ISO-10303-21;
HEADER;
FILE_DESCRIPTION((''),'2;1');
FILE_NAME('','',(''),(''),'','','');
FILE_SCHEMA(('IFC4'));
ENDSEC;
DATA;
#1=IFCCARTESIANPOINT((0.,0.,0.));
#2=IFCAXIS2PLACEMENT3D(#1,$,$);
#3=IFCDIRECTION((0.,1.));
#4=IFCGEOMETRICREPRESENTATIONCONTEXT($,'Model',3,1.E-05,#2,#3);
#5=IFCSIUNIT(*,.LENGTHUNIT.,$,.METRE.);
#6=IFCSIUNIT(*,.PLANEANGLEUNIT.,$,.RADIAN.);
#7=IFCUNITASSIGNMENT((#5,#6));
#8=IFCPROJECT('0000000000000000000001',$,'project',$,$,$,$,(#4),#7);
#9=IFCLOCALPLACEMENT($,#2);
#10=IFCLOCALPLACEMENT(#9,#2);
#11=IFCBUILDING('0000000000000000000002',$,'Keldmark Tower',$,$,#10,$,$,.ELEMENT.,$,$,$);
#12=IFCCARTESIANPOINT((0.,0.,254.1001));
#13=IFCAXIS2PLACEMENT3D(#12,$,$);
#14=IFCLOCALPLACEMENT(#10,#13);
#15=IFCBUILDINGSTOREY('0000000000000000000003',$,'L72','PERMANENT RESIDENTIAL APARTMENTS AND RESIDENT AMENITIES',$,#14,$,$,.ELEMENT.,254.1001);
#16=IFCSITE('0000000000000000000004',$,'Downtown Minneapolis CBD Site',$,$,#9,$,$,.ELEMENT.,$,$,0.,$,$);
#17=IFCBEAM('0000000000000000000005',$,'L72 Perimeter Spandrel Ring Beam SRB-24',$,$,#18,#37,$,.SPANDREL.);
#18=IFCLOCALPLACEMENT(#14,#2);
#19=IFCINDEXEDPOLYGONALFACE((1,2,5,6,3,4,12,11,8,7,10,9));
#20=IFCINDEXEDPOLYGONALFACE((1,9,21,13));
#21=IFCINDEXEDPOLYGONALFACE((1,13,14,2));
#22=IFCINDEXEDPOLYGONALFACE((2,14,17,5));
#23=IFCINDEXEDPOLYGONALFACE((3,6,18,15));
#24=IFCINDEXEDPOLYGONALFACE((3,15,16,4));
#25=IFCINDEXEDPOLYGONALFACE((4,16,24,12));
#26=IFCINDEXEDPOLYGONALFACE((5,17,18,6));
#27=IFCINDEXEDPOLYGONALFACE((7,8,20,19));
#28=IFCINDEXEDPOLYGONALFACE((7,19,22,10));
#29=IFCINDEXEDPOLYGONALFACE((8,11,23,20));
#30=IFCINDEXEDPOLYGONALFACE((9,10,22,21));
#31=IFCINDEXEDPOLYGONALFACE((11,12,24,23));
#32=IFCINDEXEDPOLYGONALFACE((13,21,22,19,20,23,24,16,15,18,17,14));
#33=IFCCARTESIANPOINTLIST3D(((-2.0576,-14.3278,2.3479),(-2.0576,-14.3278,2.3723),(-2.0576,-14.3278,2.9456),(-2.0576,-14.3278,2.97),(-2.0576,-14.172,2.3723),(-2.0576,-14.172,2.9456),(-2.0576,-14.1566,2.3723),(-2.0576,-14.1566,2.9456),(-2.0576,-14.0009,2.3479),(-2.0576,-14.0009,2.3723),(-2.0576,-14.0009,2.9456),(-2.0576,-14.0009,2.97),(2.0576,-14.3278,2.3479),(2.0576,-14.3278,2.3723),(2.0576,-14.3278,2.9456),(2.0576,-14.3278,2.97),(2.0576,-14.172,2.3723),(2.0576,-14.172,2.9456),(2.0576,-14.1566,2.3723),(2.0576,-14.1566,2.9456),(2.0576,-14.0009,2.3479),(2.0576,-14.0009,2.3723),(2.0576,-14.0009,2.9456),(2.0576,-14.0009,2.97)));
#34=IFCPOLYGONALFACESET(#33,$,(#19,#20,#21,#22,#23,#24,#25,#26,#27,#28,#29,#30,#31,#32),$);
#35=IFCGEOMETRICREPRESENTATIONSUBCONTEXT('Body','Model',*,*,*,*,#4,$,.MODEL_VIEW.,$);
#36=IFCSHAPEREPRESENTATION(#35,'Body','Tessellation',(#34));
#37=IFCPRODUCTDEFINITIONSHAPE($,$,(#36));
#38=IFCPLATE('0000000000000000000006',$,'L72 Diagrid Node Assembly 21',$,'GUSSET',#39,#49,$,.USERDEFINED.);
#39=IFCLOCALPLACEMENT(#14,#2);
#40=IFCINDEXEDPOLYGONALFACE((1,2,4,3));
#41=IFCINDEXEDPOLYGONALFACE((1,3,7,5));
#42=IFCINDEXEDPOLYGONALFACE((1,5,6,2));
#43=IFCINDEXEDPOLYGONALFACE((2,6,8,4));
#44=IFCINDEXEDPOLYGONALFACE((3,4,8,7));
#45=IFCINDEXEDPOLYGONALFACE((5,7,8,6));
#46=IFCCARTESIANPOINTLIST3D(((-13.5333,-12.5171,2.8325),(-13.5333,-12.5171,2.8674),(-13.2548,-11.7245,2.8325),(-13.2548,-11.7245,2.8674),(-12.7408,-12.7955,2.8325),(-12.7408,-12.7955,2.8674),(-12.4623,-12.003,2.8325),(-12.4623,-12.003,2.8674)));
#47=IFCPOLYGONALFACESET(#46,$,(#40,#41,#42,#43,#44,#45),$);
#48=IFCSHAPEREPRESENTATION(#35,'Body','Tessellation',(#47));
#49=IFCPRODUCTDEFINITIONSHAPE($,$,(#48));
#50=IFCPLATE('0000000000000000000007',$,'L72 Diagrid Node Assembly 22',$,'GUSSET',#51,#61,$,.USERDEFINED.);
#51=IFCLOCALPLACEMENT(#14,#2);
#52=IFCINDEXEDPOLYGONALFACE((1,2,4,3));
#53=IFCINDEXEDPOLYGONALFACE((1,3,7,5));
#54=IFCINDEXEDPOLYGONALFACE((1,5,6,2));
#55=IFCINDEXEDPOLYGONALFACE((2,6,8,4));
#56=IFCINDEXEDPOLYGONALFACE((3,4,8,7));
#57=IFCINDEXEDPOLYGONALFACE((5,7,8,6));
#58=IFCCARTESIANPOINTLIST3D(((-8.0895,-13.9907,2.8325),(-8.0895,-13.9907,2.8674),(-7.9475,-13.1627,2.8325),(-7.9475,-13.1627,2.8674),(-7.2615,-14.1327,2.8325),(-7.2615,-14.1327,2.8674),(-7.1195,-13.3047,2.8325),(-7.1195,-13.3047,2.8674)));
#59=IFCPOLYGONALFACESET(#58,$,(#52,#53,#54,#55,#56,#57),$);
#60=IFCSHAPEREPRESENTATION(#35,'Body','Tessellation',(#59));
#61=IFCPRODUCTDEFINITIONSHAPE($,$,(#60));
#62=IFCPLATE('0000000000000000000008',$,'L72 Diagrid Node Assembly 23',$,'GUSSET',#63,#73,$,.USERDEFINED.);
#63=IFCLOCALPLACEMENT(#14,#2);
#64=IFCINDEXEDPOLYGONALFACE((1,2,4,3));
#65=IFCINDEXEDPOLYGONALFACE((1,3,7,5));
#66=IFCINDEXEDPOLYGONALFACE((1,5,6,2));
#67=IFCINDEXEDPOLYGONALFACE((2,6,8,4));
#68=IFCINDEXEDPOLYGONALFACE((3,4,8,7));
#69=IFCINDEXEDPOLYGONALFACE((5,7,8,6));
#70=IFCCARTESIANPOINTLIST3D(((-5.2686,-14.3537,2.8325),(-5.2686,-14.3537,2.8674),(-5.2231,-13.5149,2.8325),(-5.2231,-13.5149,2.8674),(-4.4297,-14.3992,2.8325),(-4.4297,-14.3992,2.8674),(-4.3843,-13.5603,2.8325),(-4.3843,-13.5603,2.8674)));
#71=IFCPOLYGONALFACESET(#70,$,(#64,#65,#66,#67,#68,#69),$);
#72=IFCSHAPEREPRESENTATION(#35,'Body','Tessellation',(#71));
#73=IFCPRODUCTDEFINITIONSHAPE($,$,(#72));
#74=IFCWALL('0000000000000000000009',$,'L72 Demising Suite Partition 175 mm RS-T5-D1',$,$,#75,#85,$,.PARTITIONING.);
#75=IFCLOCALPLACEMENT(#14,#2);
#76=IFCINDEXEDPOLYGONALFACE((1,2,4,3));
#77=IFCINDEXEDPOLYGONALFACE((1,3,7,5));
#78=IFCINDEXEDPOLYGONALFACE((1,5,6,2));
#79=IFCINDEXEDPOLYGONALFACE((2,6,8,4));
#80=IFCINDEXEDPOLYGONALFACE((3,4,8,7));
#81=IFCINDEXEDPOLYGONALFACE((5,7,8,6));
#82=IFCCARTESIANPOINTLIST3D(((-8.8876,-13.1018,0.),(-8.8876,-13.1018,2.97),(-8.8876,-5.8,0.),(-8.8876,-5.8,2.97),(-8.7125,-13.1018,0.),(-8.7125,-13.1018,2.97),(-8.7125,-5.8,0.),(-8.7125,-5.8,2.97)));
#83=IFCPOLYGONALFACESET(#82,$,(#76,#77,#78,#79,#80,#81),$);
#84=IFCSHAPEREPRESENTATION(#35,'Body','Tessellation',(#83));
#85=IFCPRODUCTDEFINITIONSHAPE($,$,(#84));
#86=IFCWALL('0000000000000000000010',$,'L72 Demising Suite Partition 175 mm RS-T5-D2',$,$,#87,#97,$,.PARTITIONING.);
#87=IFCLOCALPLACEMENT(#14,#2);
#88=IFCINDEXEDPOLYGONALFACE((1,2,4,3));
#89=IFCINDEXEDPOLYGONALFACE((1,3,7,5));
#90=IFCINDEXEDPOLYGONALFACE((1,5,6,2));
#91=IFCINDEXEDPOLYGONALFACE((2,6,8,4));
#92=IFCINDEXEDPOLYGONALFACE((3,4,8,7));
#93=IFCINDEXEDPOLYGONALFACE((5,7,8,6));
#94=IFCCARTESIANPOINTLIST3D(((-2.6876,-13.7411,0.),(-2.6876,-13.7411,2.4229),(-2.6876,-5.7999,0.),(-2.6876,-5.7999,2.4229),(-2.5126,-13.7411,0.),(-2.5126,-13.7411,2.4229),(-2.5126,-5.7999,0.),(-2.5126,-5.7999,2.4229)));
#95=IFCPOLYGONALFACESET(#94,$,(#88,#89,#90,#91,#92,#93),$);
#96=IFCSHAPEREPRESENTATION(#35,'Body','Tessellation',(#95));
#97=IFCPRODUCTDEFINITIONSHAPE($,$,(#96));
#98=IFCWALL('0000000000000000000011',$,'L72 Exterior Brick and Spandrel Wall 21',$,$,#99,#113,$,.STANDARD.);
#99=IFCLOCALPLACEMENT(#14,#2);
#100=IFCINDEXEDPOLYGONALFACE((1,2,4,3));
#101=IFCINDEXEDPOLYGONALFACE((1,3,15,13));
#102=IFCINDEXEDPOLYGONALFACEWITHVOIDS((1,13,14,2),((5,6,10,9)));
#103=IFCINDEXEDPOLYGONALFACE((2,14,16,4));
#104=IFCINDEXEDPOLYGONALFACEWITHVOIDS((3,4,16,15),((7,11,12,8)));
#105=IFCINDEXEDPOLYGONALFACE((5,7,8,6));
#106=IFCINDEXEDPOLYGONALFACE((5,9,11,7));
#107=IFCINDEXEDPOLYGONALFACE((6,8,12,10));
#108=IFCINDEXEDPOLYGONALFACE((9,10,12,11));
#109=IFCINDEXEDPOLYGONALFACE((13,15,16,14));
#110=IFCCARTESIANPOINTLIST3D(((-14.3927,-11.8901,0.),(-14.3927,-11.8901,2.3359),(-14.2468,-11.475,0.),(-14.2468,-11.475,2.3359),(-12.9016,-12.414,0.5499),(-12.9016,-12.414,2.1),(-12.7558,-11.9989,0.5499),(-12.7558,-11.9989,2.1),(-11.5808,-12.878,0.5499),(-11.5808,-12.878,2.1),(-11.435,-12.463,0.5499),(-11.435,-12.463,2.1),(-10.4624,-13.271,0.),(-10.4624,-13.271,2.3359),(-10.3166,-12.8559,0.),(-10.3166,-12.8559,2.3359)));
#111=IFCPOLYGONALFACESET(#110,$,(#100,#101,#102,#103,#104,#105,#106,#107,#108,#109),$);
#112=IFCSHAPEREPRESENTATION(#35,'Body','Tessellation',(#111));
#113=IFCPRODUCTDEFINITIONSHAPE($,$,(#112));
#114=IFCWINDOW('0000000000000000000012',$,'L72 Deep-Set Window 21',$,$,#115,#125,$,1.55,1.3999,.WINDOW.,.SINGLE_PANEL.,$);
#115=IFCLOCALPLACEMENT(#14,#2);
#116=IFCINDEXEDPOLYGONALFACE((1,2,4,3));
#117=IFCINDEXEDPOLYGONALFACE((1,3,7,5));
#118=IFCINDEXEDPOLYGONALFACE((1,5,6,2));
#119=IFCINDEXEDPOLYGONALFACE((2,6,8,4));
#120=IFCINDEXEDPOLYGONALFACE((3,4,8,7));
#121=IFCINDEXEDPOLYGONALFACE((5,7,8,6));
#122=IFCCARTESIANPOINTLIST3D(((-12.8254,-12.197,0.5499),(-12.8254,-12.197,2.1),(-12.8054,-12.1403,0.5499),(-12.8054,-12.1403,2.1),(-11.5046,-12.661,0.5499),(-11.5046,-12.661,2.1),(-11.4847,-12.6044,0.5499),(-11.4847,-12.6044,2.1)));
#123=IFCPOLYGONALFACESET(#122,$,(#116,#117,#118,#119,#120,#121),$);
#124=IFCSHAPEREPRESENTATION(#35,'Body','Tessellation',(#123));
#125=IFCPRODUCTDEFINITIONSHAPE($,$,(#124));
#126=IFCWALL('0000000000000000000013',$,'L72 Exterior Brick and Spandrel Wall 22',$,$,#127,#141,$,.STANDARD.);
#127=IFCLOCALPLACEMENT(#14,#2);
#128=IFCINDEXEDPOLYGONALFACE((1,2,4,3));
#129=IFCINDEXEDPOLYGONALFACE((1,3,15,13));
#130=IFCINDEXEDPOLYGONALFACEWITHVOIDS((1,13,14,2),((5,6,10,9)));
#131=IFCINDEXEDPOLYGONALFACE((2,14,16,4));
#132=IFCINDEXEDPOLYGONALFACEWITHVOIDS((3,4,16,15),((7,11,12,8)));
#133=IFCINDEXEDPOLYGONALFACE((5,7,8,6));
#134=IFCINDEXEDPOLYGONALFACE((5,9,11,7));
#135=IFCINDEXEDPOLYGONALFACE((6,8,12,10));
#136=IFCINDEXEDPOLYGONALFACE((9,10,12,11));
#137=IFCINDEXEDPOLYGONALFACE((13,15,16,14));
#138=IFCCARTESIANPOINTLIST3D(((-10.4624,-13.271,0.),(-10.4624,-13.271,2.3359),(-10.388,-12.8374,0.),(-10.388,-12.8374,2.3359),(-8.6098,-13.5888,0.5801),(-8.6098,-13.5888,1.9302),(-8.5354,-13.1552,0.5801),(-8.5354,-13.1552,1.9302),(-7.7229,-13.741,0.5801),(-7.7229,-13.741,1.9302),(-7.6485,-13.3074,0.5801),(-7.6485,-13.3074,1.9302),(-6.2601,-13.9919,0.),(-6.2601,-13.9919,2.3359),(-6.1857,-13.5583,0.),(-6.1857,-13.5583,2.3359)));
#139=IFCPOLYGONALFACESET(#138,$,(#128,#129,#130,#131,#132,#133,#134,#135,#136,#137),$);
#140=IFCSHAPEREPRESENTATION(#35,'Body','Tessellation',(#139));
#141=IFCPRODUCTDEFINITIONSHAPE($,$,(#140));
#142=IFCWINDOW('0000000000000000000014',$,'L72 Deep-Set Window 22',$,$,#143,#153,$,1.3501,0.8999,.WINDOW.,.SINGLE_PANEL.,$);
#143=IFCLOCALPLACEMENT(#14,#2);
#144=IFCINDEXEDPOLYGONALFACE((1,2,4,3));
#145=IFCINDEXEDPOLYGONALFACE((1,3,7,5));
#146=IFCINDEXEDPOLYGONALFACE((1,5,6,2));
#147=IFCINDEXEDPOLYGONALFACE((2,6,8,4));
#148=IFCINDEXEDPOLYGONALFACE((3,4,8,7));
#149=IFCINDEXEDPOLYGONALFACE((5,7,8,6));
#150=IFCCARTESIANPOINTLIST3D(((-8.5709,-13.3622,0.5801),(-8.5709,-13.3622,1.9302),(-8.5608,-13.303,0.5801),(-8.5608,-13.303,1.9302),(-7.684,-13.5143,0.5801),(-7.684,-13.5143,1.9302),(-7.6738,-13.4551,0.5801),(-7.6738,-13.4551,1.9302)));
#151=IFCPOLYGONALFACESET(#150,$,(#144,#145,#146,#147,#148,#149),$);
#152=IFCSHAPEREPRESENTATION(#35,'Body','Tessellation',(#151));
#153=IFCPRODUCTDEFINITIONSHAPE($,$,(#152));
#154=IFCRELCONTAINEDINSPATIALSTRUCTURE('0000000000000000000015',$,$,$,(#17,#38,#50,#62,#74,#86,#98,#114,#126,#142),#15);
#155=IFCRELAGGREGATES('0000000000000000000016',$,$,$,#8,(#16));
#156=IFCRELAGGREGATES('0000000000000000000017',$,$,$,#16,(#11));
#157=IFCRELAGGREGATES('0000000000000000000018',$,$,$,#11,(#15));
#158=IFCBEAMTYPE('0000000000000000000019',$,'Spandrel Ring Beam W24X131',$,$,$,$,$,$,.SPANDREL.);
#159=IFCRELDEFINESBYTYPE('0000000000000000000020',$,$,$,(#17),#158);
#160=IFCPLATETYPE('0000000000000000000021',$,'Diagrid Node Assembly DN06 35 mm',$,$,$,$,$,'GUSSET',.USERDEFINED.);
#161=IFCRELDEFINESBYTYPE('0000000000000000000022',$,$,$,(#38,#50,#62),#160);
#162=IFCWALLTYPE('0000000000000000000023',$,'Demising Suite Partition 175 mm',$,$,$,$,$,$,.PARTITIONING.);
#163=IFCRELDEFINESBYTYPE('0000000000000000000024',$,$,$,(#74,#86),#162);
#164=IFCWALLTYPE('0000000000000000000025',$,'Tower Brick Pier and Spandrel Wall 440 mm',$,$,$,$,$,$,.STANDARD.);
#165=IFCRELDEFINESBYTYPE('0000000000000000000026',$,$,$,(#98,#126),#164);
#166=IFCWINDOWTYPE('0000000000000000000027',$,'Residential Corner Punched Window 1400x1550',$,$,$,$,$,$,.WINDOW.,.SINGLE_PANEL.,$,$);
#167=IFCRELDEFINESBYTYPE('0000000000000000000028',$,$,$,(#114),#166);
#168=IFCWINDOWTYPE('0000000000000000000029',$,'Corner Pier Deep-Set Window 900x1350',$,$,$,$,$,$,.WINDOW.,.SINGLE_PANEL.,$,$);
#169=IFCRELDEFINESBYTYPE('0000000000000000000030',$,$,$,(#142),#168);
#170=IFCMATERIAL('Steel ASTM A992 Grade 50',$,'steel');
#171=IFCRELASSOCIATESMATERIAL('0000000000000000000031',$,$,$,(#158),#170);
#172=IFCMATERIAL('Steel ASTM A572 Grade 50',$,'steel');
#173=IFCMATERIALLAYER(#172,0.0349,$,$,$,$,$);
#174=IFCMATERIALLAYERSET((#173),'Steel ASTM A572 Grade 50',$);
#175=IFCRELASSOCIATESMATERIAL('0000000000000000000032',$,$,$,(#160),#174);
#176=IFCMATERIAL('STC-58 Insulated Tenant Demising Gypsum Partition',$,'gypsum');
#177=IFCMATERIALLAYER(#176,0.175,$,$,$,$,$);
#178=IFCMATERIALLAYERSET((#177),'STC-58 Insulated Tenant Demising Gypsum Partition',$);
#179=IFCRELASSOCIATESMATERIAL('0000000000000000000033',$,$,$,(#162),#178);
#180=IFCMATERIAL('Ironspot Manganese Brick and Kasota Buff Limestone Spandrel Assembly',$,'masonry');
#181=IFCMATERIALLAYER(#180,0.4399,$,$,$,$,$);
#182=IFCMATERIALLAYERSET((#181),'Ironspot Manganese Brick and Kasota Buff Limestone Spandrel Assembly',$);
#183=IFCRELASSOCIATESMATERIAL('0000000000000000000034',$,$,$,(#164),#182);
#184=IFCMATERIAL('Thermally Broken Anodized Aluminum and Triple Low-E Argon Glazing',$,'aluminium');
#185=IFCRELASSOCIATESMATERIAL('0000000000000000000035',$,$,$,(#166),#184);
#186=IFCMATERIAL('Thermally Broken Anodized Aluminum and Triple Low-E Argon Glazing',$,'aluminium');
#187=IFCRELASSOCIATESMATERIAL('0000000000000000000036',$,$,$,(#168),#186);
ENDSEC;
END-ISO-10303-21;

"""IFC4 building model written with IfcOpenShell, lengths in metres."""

from ifc_helpers import new_model, si_unit, direction, frame, frame_2d, origin, origin_2d, place, context, subcontext, project, spatial, rectangle, i_section, extrude, material, layer, layer_set, material_profile, profile_set, type_object, element, fill, save


model = new_model("IFC4")

# Units and contexts
model_context = context("Model", 3, precision=1e-05, world=origin(), true_north=direction((0.0, 1.0)))
body_context = subcontext(model_context, "Body", "Model", "MODEL_VIEW")
ifc_project = project(units=[si_unit("LENGTHUNIT", "METRE"), si_unit("PLANEANGLEUNIT", "RADIAN")], contexts=[model_context])

# Site, building, storey
site_placement = place(None, origin())
site = spatial("IfcSite", under=ifc_project, at=site_placement, Name="Downtown Minneapolis CBD Site", CompositionType="ELEMENT", RefElevation=0.0)
building_placement = place(site_placement, origin())
building = spatial("IfcBuilding", under=site, at=building_placement, Name="Keldmark Tower", CompositionType="ELEMENT")
storey_placement = place(building_placement, frame((0.0, 0.0, 254.1001)))
storey = spatial("IfcBuildingStorey", under=building, at=storey_placement, Name="L72", Description="PERMANENT RESIDENTIAL APARTMENTS AND RESIDENT AMENITIES", CompositionType="ELEMENT", Elevation=254.1001)

# Beam
ifc_material_1 = material(Name="Steel ASTM A992 Grade 50", Category="steel")
ifc_material_profile_1 = material_profile(ifc_material_1, i_section(OverallWidth=0.3269, OverallDepth=0.6221, WebThickness=0.0154, FlangeThickness=0.0244, at=origin_2d()), Name="W24X131")
ifc_profile_set_1 = profile_set([ifc_material_profile_1], Name="Steel ASTM A992 Grade 50")
beam_type_1 = type_object("IfcBeamType", Name="Spandrel Ring Beam W24X131", PredefinedType="SPANDREL", material=ifc_profile_set_1)
beam_1_placement = place(storey_placement, frame((-2.0576, -14.1643, 2.6589), z_axis=(1.0, 0.0, 0.0), x_axis=(0.0, 1.0, 0.0)))
element("IfcBeam", 1, at=beam_1_placement, inside=storey, type_object=beam_type_1, Name="L72 Perimeter Spandrel Ring Beam SRB-24", PredefinedType="SPANDREL", context=body_context, shape_type="SweptSolid", body=[
    extrude(i_section(OverallWidth=0.3269, OverallDepth=0.6221, WebThickness=0.0154, FlangeThickness=0.0244, at=origin_2d()), origin(), (0.0, 0.0, 1.0), 4.1152),
])

# Plates
ifc_material_2 = material(Name="Steel ASTM A572 Grade 50", Category="steel")
ifc_layer_1 = layer(ifc_material_2, 0.0349)
ifc_layer_set_1 = layer_set([ifc_layer_1], Name="Steel ASTM A572 Grade 50")
plate_type = type_object("IfcPlateType", Name="Diagrid Node Assembly DN06 35 mm", ElementType="GUSSET", PredefinedType="USERDEFINED", material=ifc_layer_set_1)
for number, where, z_axis, x_axis, name in (
    (2, (-12.9978, -12.26, 2.8325), (0.0, 0.0, 1.0), (0.943454, -0.331503, 0.0), "L72 Diagrid Node Assembly 21"),
    (3, (-7.6045, -13.6477, 2.8325), (0.0, 0.0, 1.0), (0.985615, -0.169005, 0.0), "L72 Diagrid Node Assembly 22"),
    (4, (-4.8264, -13.957, 2.8325), (0.0, 0.0, 1.0), (0.998537, -0.054079, 0.0), "L72 Diagrid Node Assembly 23"),
):
    element("IfcPlate", number, at=place(storey_placement, frame(where, z_axis=z_axis, x_axis=x_axis)), inside=storey, type_object=plate_type, Name=name, ObjectType="GUSSET", PredefinedType="USERDEFINED", context=body_context, shape_type="SweptSolid", body=[
        extrude(rectangle(XDim=0.8401, YDim=0.8401, at=origin_2d()), origin(), (0.0, 0.0, 1.0), 0.0349),
    ])

# Walls
ifc_material_3 = material(Name="STC-58 Insulated Tenant Demising Gypsum Partition", Category="gypsum")
ifc_layer_2 = layer(ifc_material_3, 0.175)
ifc_layer_set_2 = layer_set([ifc_layer_2], Name="STC-58 Insulated Tenant Demising Gypsum Partition")
wall_type_1 = type_object("IfcWallType", Name="Demising Suite Partition 175 mm", PredefinedType="PARTITIONING", material=ifc_layer_set_2)
wall_1_placement = place(storey_placement, frame((-8.8, -13.1018, 0.0), z_axis=(0.0, 0.0, 1.0), x_axis=(0.0, 1.0, 0.0)))
element("IfcWall", 5, at=wall_1_placement, inside=storey, type_object=wall_type_1, Name="L72 Demising Suite Partition 175 mm RS-T5-D1", PredefinedType="PARTITIONING", context=body_context, shape_type="SweptSolid", body=[
    extrude(rectangle(XDim=7.3018, YDim=0.175, at=frame_2d((3.6509, 0.0))), origin(), (0.0, 0.0, 1.0), 2.97),
])
wall_2_placement = place(storey_placement, frame((-2.6001, -13.7412, 0.0), z_axis=(0.0, 0.0, 1.0), x_axis=(0.0, 1.0, 0.0)))
element("IfcWall", 6, at=wall_2_placement, inside=storey, type_object=wall_type_1, Name="L72 Demising Suite Partition 175 mm RS-T5-D2", PredefinedType="PARTITIONING", context=body_context, shape_type="SweptSolid", body=[
    extrude(rectangle(XDim=7.9412, YDim=0.175, at=frame_2d((3.9707, 0.0))), origin(), (0.0, 0.0, 1.0), 2.4229),
])

# Walls, openings, windows
ifc_material_4 = material(Name="Ironspot Manganese Brick and Kasota Buff Limestone Spandrel Assembly", Category="masonry")
ifc_layer_3 = layer(ifc_material_4, 0.4399)
ifc_layer_set_3 = layer_set([ifc_layer_3], Name="Ironspot Manganese Brick and Kasota Buff Limestone Spandrel Assembly")
wall_type_2 = type_object("IfcWallType", Name="Tower Brick Pier and Spandrel Wall 440 mm", PredefinedType="STANDARD", material=ifc_layer_set_3)
wall_3_placement = place(storey_placement, frame((-10.3894, -13.0635, 0.0), z_axis=(0.0, 0.0, 1.0), x_axis=(-0.943461, 0.331483, 0.0)))
wall_3 = element("IfcWall", 7, at=wall_3_placement, inside=storey, type_object=wall_type_2, Name="L72 Exterior Brick and Spandrel Wall 21", PredefinedType="STANDARD", context=body_context, shape_type="SweptSolid", body=[
    extrude(rectangle(XDim=4.1658, YDim=0.4399, at=frame_2d((2.083, 0.0))), origin(), (0.0, 0.0, 1.0), 2.3359),
])
opening_1_placement = place(wall_3_placement, frame((1.1855, 0.0, 0.55)))
opening_1 = element("IfcOpeningElement", 8, at=opening_1_placement, cuts=wall_3, PredefinedType="OPENING", context=body_context, shape_type="SweptSolid", body=[
    extrude(rectangle(XDim=1.3999, YDim=1.55, at=frame_2d((0.7, 0.7749))), frame((0.0, 0.23, 0.0), z_axis=(0.0, -1.0, 0.0), x_axis=(1.0, 0.0, 0.0)), (0.0, 0.0, 1.0), 0.46),
])
ifc_material_5 = material(Name="Thermally Broken Anodized Aluminum and Triple Low-E Argon Glazing", Category="aluminium")
window_type_1 = type_object("IfcWindowType", Name="Residential Corner Punched Window 1400x1550", PartitioningType="SINGLE_PANEL", PredefinedType="WINDOW", material=ifc_material_5)
window_1_placement = place(opening_1_placement, origin())
window_1 = element("IfcWindow", 9, at=window_1_placement, inside=storey, type_object=window_type_1, Name="L72 Deep-Set Window 21", OverallHeight=1.55, OverallWidth=1.3999, PartitioningType="SINGLE_PANEL", PredefinedType="WINDOW", context=body_context, shape_type="SweptSolid", body=[
    extrude(rectangle(XDim=1.3999, YDim=1.55, at=frame_2d((0.7, 0.7749))), frame((0.0, -0.01, 0.0), z_axis=(0.0, -1.0, 0.0), x_axis=(1.0, 0.0, 0.0)), (0.0, 0.0, 1.0), 0.0601),
])
fill(opening_1, window_1)
wall_4_placement = place(storey_placement, frame((-6.2229, -13.7751, 0.0), z_axis=(0.0, 0.0, 1.0), x_axis=(-0.985601, 0.169086, 0.0)))
wall_4 = element("IfcWall", 10, at=wall_4_placement, inside=storey, type_object=wall_type_2, Name="L72 Exterior Brick and Spandrel Wall 22", PredefinedType="STANDARD", context=body_context, shape_type="SweptSolid", body=[
    extrude(rectangle(XDim=4.2637, YDim=0.4399, at=frame_2d((2.1318, 0.0))), origin(), (0.0, 0.0, 1.0), 2.3359),
])
opening_2_placement = place(wall_4_placement, frame((1.4841, 0.0, 0.5801)))
opening_2 = element("IfcOpeningElement", 11, at=opening_2_placement, cuts=wall_4, PredefinedType="OPENING", context=body_context, shape_type="SweptSolid", body=[
    extrude(rectangle(XDim=0.8999, YDim=1.3501, at=frame_2d((0.45, 0.675))), frame((0.0, 0.23, 0.0), z_axis=(0.0, -1.0, 0.0), x_axis=(1.0, 0.0, 0.0)), (0.0, 0.0, 1.0), 0.46),
])
ifc_material_6 = material(Name="Thermally Broken Anodized Aluminum and Triple Low-E Argon Glazing", Category="aluminium")
window_type_2 = type_object("IfcWindowType", Name="Corner Pier Deep-Set Window 900x1350", PartitioningType="SINGLE_PANEL", PredefinedType="WINDOW", material=ifc_material_6)
window_2_placement = place(opening_2_placement, origin())
window_2 = element("IfcWindow", 12, at=window_2_placement, inside=storey, type_object=window_type_2, Name="L72 Deep-Set Window 22", OverallHeight=1.3501, OverallWidth=0.8999, PartitioningType="SINGLE_PANEL", PredefinedType="WINDOW", context=body_context, shape_type="SweptSolid", body=[
    extrude(rectangle(XDim=0.8999, YDim=1.3501, at=frame_2d((0.45, 0.675))), frame((0.0, -0.01, 0.0), z_axis=(0.0, -1.0, 0.0), x_axis=(1.0, 0.0, 0.0)), (0.0, 0.0, 1.0), 0.0601),
])
fill(opening_2, window_2)

save(model, "model.ifc")
